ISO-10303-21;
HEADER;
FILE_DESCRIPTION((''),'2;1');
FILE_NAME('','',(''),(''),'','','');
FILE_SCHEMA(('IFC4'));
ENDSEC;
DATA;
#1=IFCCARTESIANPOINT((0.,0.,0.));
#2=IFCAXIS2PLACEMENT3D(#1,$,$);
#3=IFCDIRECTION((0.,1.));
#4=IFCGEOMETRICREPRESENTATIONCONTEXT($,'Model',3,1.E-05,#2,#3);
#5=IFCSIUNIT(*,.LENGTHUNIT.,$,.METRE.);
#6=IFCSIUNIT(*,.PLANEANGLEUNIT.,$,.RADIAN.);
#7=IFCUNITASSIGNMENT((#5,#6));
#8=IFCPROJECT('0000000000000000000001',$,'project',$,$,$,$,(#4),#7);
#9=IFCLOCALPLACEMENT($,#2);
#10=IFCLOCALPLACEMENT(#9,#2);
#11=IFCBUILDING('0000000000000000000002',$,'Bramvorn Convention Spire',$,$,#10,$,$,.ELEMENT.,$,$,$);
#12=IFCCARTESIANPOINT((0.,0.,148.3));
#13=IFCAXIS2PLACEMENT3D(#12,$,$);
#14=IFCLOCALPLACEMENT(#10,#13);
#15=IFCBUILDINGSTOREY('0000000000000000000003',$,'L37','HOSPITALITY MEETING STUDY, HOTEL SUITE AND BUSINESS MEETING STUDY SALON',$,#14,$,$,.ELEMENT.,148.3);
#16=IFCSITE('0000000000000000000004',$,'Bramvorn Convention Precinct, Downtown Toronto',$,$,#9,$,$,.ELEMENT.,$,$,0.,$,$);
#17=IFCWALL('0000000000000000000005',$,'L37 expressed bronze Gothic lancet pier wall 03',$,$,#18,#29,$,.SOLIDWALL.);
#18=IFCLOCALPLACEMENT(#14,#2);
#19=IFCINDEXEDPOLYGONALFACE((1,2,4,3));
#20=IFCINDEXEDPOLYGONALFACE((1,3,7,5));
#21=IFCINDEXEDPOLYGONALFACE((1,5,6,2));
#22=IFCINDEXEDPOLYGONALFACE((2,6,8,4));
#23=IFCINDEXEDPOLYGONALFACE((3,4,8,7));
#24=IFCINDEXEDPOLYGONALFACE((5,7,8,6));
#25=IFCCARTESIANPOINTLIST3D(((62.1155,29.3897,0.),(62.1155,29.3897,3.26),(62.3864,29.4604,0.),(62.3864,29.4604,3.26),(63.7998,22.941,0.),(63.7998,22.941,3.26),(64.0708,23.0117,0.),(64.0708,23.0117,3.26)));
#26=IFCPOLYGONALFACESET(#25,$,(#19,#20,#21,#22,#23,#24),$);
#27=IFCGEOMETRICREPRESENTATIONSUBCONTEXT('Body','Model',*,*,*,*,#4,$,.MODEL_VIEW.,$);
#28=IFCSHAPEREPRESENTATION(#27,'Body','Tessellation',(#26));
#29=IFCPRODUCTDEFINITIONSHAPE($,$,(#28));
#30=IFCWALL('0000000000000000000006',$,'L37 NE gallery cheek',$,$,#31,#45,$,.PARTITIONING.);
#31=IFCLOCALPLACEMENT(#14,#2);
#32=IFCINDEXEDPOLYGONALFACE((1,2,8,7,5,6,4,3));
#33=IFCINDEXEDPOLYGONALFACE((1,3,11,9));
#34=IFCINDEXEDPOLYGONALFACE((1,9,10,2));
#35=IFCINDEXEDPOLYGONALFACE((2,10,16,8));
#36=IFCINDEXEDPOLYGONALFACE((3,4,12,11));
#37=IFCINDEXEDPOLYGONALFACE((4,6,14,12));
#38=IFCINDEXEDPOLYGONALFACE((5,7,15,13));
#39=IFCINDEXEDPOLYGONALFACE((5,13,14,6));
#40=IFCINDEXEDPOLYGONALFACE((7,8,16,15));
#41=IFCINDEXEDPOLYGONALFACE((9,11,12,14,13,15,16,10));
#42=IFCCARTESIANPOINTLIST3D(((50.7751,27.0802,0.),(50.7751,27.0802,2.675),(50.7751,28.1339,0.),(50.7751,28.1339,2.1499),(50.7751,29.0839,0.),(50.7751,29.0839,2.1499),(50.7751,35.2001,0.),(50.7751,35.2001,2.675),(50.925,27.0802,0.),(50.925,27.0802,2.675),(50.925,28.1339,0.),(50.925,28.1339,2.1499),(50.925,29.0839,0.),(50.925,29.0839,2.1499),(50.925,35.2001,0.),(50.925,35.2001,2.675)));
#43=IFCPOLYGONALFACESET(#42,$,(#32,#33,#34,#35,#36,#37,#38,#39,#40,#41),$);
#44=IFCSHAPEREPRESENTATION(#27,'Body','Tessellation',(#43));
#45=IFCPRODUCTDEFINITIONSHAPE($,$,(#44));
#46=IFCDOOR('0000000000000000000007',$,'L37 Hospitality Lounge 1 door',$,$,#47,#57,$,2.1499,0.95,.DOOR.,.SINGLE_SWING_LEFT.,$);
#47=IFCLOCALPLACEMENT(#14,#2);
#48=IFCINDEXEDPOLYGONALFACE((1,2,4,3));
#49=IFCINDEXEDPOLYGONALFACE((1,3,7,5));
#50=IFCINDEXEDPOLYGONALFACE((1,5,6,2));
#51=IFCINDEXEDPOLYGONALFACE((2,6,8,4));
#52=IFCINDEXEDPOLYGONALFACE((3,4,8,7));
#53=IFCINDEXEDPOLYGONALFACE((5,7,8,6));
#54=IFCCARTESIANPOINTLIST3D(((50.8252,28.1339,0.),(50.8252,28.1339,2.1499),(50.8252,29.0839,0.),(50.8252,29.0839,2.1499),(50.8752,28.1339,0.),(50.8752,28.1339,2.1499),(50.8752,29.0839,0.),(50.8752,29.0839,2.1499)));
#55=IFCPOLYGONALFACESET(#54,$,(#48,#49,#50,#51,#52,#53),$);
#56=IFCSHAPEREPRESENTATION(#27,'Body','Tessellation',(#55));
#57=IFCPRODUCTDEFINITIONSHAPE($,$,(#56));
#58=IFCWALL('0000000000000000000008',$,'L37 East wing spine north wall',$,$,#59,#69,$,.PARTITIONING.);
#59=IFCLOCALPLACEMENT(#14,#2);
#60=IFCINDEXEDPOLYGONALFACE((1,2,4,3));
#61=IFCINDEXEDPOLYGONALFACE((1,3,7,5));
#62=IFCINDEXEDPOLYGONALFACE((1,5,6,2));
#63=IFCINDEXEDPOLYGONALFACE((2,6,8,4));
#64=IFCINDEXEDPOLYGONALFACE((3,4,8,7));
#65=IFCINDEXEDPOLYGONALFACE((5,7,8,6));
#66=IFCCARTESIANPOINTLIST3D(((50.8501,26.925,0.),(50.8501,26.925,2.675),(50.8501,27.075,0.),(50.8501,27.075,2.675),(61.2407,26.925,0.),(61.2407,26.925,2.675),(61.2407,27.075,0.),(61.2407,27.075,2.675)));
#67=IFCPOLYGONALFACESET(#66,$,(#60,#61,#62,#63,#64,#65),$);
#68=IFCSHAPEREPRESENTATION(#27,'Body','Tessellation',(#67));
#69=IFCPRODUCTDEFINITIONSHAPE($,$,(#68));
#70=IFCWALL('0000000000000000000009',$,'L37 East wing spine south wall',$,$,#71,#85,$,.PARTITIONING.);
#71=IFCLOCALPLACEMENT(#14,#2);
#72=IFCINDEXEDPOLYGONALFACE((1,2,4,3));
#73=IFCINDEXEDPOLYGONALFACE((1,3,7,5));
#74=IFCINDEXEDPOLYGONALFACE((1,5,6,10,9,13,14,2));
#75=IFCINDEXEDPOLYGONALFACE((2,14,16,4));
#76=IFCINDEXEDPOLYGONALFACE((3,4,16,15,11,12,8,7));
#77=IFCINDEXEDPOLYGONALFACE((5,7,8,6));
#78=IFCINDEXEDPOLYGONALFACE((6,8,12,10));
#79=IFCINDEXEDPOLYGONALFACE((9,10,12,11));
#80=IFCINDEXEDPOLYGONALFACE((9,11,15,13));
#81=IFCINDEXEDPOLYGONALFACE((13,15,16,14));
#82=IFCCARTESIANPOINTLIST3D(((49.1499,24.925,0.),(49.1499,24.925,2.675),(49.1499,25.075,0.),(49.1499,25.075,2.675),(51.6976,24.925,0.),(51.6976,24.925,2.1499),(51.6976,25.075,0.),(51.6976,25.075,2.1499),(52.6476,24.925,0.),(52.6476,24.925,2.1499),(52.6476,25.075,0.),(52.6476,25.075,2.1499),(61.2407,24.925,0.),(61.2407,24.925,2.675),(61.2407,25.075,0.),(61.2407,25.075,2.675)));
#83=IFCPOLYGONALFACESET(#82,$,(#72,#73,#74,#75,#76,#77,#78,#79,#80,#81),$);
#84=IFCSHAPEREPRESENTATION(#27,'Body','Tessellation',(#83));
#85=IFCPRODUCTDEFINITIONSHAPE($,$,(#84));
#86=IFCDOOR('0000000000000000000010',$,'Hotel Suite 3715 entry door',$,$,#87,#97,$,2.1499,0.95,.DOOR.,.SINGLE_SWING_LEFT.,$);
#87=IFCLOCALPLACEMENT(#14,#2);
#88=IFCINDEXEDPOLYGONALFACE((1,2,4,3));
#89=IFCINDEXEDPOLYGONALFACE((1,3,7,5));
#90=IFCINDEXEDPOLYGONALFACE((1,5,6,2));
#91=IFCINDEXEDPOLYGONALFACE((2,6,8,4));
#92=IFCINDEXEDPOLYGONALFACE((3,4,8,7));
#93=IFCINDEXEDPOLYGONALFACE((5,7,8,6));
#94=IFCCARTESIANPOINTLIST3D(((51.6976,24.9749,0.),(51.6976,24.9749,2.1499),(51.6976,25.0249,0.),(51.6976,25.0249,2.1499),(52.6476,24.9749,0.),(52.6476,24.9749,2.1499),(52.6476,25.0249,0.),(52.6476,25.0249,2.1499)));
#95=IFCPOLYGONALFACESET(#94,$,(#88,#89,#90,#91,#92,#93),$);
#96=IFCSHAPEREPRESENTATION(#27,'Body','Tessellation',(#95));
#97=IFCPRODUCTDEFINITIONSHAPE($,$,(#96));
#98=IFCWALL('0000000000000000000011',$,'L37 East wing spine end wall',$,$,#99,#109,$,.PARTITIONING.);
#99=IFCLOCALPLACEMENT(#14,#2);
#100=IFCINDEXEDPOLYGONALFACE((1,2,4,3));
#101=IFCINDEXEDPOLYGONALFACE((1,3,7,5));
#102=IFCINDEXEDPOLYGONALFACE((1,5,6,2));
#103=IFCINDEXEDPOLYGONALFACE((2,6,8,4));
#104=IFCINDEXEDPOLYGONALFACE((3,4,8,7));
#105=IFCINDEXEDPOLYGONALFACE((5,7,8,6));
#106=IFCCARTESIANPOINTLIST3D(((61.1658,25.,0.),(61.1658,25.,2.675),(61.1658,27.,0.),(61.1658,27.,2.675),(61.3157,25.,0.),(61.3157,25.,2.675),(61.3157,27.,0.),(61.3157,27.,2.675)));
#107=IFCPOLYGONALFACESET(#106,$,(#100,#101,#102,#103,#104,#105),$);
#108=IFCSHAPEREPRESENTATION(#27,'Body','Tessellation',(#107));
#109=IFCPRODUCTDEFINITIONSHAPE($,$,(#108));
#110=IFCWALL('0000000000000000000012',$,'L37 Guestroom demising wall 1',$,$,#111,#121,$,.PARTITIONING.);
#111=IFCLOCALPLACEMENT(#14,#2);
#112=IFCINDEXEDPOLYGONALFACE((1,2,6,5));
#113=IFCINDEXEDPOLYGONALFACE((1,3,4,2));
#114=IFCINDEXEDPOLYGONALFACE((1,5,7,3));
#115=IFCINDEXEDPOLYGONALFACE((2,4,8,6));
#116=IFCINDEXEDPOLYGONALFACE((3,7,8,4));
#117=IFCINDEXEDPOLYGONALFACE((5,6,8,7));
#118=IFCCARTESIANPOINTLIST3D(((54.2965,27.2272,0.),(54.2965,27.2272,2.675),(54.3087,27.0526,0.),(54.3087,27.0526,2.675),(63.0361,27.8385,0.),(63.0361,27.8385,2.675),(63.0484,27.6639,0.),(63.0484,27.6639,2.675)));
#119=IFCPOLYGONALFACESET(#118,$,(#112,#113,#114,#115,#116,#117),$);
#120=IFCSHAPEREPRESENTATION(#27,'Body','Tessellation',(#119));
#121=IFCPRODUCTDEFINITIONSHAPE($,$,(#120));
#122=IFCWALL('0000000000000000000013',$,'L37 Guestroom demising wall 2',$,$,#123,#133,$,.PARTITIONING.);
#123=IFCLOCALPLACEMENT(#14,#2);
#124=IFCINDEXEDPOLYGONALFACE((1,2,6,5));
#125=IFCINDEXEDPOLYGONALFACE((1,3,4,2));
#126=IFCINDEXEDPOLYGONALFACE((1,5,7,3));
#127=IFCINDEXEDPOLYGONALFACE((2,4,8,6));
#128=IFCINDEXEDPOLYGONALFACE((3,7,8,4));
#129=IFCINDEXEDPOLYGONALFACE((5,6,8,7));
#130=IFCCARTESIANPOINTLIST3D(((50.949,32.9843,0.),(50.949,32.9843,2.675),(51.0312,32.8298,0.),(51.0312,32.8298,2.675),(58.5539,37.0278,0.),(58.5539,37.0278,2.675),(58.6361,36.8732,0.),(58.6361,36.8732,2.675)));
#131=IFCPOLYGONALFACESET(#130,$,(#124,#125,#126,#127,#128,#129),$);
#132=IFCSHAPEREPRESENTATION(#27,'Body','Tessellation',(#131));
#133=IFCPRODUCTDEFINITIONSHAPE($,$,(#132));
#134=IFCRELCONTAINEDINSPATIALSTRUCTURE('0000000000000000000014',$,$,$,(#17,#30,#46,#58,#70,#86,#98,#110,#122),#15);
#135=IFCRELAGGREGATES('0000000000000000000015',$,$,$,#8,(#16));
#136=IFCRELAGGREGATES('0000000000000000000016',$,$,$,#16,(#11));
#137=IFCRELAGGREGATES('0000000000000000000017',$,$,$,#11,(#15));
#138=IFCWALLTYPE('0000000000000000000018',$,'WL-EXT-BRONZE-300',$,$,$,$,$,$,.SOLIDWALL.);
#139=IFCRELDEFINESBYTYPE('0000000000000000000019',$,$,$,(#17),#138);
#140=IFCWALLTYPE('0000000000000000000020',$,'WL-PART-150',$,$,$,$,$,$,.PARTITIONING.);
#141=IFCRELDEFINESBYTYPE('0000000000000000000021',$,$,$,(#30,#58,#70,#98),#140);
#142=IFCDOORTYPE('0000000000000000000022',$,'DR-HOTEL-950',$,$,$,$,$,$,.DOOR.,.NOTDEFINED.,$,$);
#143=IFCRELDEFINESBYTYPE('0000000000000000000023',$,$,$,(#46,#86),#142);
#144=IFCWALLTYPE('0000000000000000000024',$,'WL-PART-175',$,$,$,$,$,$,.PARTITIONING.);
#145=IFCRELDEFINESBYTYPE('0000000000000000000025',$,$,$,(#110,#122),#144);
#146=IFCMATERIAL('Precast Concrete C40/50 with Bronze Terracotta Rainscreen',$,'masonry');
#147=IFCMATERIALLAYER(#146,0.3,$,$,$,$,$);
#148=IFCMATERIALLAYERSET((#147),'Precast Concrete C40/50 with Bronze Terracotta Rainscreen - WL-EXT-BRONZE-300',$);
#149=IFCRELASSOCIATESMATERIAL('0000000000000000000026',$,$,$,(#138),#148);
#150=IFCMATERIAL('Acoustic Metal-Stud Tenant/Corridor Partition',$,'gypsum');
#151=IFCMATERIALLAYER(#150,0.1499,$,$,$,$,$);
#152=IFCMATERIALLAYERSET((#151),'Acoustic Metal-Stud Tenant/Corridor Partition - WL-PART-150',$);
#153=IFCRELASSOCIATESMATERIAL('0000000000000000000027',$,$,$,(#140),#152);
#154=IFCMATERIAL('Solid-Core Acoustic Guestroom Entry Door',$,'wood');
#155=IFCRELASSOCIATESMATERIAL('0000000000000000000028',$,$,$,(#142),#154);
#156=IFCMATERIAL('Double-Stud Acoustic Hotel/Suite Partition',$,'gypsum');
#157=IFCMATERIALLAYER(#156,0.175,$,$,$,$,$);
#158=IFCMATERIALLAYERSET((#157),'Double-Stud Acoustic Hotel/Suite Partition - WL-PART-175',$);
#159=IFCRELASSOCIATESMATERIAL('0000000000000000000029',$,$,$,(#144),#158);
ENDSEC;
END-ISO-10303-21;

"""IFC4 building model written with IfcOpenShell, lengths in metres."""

from ifc_helpers import new_model, si_unit, direction, frame, frame_2d, origin, place, context, subcontext, project, spatial, rectangle, extrude, material, layer, layer_set, type_object, element, fill, save


model = new_model("IFC4")

# Units and contexts
model_context = context("Model", 3, precision=1e-05, world=origin(), true_north=direction((0.0, 1.0)))
body_context = subcontext(model_context, "Body", "Model", "MODEL_VIEW")
ifc_project = project(units=[si_unit("LENGTHUNIT", "METRE"), si_unit("PLANEANGLEUNIT", "RADIAN")], contexts=[model_context])

# Site, building, storey
site_placement = place(None, origin())
site = spatial("IfcSite", under=ifc_project, at=site_placement, Name="Bramvorn Convention Precinct, Downtown Toronto", CompositionType="ELEMENT", RefElevation=0.0)
building_placement = place(site_placement, origin())
building = spatial("IfcBuilding", under=site, at=building_placement, Name="Bramvorn Convention Spire", CompositionType="ELEMENT")
storey_placement = place(building_placement, frame((0.0, 0.0, 148.3)))
storey = spatial("IfcBuildingStorey", under=building, at=storey_placement, Name="L37", Description="HOSPITALITY MEETING STUDY, HOTEL SUITE AND BUSINESS MEETING STUDY SALON", CompositionType="ELEMENT", Elevation=148.3)

# Wall
ifc_material_1 = material(Name="Precast Concrete C40/50 with Bronze Terracotta Rainscreen", Category="masonry")
ifc_layer_1 = layer(ifc_material_1, 0.3)
ifc_layer_set_1 = layer_set([ifc_layer_1], Name="Precast Concrete C40/50 with Bronze Terracotta Rainscreen - WL-EXT-BRONZE-300")
wall_type_1 = type_object("IfcWallType", Name="WL-EXT-BRONZE-300", PredefinedType="SOLIDWALL", material=ifc_layer_set_1)
wall_1_placement = place(storey_placement, frame((62.251, 29.425, 0.0), z_axis=(0.0, 0.0, 1.0), x_axis=(0.25271, -0.967542, 0.0)))
element("IfcWall", 1, at=wall_1_placement, inside=storey, type_object=wall_type_1, Name="L37 expressed bronze Gothic lancet pier wall 03", PredefinedType="SOLIDWALL", context=body_context, shape_type="SweptSolid", body=[
    extrude(rectangle(XDim=6.665, YDim=0.28, at=frame_2d((3.3325, 0.0))), origin(), (0.0, 0.0, 1.0), 3.26),
])

# Wall, opening, door
ifc_material_2 = material(Name="Acoustic Metal-Stud Tenant/Corridor Partition", Category="gypsum")
ifc_layer_2 = layer(ifc_material_2, 0.1499)
ifc_layer_set_2 = layer_set([ifc_layer_2], Name="Acoustic Metal-Stud Tenant/Corridor Partition - WL-PART-150")
wall_type_2 = type_object("IfcWallType", Name="WL-PART-150", PredefinedType="PARTITIONING", material=ifc_layer_set_2)
wall_2_placement = place(storey_placement, frame((50.8501, 27.0801, 0.0), z_axis=(0.0, 0.0, 1.0), x_axis=(0.0, 1.0, 0.0)))
wall_2 = element("IfcWall", 2, at=wall_2_placement, inside=storey, type_object=wall_type_2, Name="L37 NE gallery cheek", PredefinedType="PARTITIONING", context=body_context, shape_type="SweptSolid", body=[
    extrude(rectangle(XDim=8.1199, YDim=0.1499, at=frame_2d((4.0601, 0.0))), origin(), (0.0, 0.0, 1.0), 2.675),
])
opening_1_placement = place(wall_2_placement, frame((1.0537, 0.0, 0.0)))
opening_1 = element("IfcOpeningElement", 3, at=opening_1_placement, cuts=wall_2, PredefinedType="OPENING", context=body_context, shape_type="SweptSolid", body=[
    extrude(rectangle(XDim=0.95, YDim=2.1499, at=frame_2d((0.4751, 1.075))), frame((0.0, 0.085, 0.0), z_axis=(0.0, -1.0, 0.0), x_axis=(1.0, 0.0, 0.0)), (0.0, 0.0, 1.0), 0.1699),
])
ifc_material_3 = material(Name="Solid-Core Acoustic Guestroom Entry Door", Category="wood")
door_type = type_object("IfcDoorType", Name="DR-HOTEL-950", OperationType="NOTDEFINED", PredefinedType="DOOR", material=ifc_material_3)
door_1_placement = place(opening_1_placement, origin())
door_1 = element("IfcDoor", 4, at=door_1_placement, inside=storey, type_object=door_type, Name="L37 Hospitality Lounge 1 door", OperationType="SINGLE_SWING_LEFT", OverallHeight=2.1499, OverallWidth=0.95, PredefinedType="DOOR", context=body_context, shape_type="SweptSolid", body=[
    extrude(rectangle(XDim=0.95, YDim=2.1499, at=frame_2d((0.4751, 1.075))), frame((0.0, 0.0249, 0.0), z_axis=(0.0, -1.0, 0.0), x_axis=(1.0, 0.0, 0.0)), (0.0, 0.0, 1.0), 0.05),
])
fill(opening_1, door_1)

# Wall
wall_3_placement = place(storey_placement, frame((50.8501, 27.0, 0.0), z_axis=(0.0, 0.0, 1.0), x_axis=(1.0, 0.0, 0.0)))
element("IfcWall", 5, at=wall_3_placement, inside=storey, type_object=wall_type_2, Name="L37 East wing spine north wall", PredefinedType="PARTITIONING", context=body_context, shape_type="SweptSolid", body=[
    extrude(rectangle(XDim=10.3906, YDim=0.1499, at=frame_2d((5.1953, 0.0))), origin(), (0.0, 0.0, 1.0), 2.675),
])

# Wall, opening, door
wall_4_placement = place(storey_placement, frame((49.1499, 25.0, 0.0), z_axis=(0.0, 0.0, 1.0), x_axis=(1.0, 0.0, 0.0)))
wall_4 = element("IfcWall", 6, at=wall_4_placement, inside=storey, type_object=wall_type_2, Name="L37 East wing spine south wall", PredefinedType="PARTITIONING", context=body_context, shape_type="SweptSolid", body=[
    extrude(rectangle(XDim=12.0908, YDim=0.1499, at=frame_2d((6.0454, 0.0))), origin(), (0.0, 0.0, 1.0), 2.675),
])
opening_2_placement = place(wall_4_placement, frame((2.5476, 0.0, 0.0)))
opening_2 = element("IfcOpeningElement", 7, at=opening_2_placement, cuts=wall_4, PredefinedType="OPENING", context=body_context, shape_type="SweptSolid", body=[
    extrude(rectangle(XDim=0.95, YDim=2.1499, at=frame_2d((0.4751, 1.075))), frame((0.0, 0.085, 0.0), z_axis=(0.0, -1.0, 0.0), x_axis=(1.0, 0.0, 0.0)), (0.0, 0.0, 1.0), 0.1699),
])
door_2_placement = place(opening_2_placement, origin())
door_2 = element("IfcDoor", 8, at=door_2_placement, inside=storey, type_object=door_type, Name="Hotel Suite 3715 entry door", OperationType="SINGLE_SWING_LEFT", OverallHeight=2.1499, OverallWidth=0.95, PredefinedType="DOOR", context=body_context, shape_type="SweptSolid", body=[
    extrude(rectangle(XDim=0.95, YDim=2.1499, at=frame_2d((0.4751, 1.075))), frame((0.0, 0.0249, 0.0), z_axis=(0.0, -1.0, 0.0), x_axis=(1.0, 0.0, 0.0)), (0.0, 0.0, 1.0), 0.05),
])
fill(opening_2, door_2)

# Walls
wall_5_placement = place(storey_placement, frame((61.2407, 25.0, 0.0), z_axis=(0.0, 0.0, 1.0), x_axis=(0.0, 1.0, 0.0)))
element("IfcWall", 9, at=wall_5_placement, inside=storey, type_object=wall_type_2, Name="L37 East wing spine end wall", PredefinedType="PARTITIONING", context=body_context, shape_type="SweptSolid", body=[
    extrude(rectangle(XDim=2.0, YDim=0.1499, at=frame_2d((1.0, 0.0))), origin(), (0.0, 0.0, 1.0), 2.675),
])
ifc_material_4 = material(Name="Double-Stud Acoustic Hotel/Suite Partition", Category="gypsum")
ifc_layer_3 = layer(ifc_material_4, 0.175)
ifc_layer_set_3 = layer_set([ifc_layer_3], Name="Double-Stud Acoustic Hotel/Suite Partition - WL-PART-175")
wall_type_3 = type_object("IfcWallType", Name="WL-PART-175", PredefinedType="PARTITIONING", material=ifc_layer_set_3)
wall_6_placement = place(storey_placement, frame((54.3027, 27.1399, 0.0), z_axis=(0.0, 0.0, 1.0), x_axis=(0.997563, 0.069778, 0.0)))
element("IfcWall", 10, at=wall_6_placement, inside=storey, type_object=wall_type_3, Name="L37 Guestroom demising wall 1", PredefinedType="PARTITIONING", context=body_context, shape_type="SweptSolid", body=[
    extrude(rectangle(XDim=8.761, YDim=0.175, at=frame_2d((4.3804, 0.0))), origin(), (0.0, 0.0, 1.0), 2.675),
])
wall_7_placement = place(storey_placement, frame((50.99, 32.907, 0.0), z_axis=(0.0, 0.0, 1.0), x_axis=(0.882956, 0.469455, 0.0)))
element("IfcWall", 11, at=wall_7_placement, inside=storey, type_object=wall_type_3, Name="L37 Guestroom demising wall 2", PredefinedType="PARTITIONING", context=body_context, shape_type="SweptSolid", body=[
    extrude(rectangle(XDim=8.613, YDim=0.175, at=frame_2d((4.3066, 0.0))), origin(), (0.0, 0.0, 1.0), 2.675),
])

save(model, "model.ifc")
